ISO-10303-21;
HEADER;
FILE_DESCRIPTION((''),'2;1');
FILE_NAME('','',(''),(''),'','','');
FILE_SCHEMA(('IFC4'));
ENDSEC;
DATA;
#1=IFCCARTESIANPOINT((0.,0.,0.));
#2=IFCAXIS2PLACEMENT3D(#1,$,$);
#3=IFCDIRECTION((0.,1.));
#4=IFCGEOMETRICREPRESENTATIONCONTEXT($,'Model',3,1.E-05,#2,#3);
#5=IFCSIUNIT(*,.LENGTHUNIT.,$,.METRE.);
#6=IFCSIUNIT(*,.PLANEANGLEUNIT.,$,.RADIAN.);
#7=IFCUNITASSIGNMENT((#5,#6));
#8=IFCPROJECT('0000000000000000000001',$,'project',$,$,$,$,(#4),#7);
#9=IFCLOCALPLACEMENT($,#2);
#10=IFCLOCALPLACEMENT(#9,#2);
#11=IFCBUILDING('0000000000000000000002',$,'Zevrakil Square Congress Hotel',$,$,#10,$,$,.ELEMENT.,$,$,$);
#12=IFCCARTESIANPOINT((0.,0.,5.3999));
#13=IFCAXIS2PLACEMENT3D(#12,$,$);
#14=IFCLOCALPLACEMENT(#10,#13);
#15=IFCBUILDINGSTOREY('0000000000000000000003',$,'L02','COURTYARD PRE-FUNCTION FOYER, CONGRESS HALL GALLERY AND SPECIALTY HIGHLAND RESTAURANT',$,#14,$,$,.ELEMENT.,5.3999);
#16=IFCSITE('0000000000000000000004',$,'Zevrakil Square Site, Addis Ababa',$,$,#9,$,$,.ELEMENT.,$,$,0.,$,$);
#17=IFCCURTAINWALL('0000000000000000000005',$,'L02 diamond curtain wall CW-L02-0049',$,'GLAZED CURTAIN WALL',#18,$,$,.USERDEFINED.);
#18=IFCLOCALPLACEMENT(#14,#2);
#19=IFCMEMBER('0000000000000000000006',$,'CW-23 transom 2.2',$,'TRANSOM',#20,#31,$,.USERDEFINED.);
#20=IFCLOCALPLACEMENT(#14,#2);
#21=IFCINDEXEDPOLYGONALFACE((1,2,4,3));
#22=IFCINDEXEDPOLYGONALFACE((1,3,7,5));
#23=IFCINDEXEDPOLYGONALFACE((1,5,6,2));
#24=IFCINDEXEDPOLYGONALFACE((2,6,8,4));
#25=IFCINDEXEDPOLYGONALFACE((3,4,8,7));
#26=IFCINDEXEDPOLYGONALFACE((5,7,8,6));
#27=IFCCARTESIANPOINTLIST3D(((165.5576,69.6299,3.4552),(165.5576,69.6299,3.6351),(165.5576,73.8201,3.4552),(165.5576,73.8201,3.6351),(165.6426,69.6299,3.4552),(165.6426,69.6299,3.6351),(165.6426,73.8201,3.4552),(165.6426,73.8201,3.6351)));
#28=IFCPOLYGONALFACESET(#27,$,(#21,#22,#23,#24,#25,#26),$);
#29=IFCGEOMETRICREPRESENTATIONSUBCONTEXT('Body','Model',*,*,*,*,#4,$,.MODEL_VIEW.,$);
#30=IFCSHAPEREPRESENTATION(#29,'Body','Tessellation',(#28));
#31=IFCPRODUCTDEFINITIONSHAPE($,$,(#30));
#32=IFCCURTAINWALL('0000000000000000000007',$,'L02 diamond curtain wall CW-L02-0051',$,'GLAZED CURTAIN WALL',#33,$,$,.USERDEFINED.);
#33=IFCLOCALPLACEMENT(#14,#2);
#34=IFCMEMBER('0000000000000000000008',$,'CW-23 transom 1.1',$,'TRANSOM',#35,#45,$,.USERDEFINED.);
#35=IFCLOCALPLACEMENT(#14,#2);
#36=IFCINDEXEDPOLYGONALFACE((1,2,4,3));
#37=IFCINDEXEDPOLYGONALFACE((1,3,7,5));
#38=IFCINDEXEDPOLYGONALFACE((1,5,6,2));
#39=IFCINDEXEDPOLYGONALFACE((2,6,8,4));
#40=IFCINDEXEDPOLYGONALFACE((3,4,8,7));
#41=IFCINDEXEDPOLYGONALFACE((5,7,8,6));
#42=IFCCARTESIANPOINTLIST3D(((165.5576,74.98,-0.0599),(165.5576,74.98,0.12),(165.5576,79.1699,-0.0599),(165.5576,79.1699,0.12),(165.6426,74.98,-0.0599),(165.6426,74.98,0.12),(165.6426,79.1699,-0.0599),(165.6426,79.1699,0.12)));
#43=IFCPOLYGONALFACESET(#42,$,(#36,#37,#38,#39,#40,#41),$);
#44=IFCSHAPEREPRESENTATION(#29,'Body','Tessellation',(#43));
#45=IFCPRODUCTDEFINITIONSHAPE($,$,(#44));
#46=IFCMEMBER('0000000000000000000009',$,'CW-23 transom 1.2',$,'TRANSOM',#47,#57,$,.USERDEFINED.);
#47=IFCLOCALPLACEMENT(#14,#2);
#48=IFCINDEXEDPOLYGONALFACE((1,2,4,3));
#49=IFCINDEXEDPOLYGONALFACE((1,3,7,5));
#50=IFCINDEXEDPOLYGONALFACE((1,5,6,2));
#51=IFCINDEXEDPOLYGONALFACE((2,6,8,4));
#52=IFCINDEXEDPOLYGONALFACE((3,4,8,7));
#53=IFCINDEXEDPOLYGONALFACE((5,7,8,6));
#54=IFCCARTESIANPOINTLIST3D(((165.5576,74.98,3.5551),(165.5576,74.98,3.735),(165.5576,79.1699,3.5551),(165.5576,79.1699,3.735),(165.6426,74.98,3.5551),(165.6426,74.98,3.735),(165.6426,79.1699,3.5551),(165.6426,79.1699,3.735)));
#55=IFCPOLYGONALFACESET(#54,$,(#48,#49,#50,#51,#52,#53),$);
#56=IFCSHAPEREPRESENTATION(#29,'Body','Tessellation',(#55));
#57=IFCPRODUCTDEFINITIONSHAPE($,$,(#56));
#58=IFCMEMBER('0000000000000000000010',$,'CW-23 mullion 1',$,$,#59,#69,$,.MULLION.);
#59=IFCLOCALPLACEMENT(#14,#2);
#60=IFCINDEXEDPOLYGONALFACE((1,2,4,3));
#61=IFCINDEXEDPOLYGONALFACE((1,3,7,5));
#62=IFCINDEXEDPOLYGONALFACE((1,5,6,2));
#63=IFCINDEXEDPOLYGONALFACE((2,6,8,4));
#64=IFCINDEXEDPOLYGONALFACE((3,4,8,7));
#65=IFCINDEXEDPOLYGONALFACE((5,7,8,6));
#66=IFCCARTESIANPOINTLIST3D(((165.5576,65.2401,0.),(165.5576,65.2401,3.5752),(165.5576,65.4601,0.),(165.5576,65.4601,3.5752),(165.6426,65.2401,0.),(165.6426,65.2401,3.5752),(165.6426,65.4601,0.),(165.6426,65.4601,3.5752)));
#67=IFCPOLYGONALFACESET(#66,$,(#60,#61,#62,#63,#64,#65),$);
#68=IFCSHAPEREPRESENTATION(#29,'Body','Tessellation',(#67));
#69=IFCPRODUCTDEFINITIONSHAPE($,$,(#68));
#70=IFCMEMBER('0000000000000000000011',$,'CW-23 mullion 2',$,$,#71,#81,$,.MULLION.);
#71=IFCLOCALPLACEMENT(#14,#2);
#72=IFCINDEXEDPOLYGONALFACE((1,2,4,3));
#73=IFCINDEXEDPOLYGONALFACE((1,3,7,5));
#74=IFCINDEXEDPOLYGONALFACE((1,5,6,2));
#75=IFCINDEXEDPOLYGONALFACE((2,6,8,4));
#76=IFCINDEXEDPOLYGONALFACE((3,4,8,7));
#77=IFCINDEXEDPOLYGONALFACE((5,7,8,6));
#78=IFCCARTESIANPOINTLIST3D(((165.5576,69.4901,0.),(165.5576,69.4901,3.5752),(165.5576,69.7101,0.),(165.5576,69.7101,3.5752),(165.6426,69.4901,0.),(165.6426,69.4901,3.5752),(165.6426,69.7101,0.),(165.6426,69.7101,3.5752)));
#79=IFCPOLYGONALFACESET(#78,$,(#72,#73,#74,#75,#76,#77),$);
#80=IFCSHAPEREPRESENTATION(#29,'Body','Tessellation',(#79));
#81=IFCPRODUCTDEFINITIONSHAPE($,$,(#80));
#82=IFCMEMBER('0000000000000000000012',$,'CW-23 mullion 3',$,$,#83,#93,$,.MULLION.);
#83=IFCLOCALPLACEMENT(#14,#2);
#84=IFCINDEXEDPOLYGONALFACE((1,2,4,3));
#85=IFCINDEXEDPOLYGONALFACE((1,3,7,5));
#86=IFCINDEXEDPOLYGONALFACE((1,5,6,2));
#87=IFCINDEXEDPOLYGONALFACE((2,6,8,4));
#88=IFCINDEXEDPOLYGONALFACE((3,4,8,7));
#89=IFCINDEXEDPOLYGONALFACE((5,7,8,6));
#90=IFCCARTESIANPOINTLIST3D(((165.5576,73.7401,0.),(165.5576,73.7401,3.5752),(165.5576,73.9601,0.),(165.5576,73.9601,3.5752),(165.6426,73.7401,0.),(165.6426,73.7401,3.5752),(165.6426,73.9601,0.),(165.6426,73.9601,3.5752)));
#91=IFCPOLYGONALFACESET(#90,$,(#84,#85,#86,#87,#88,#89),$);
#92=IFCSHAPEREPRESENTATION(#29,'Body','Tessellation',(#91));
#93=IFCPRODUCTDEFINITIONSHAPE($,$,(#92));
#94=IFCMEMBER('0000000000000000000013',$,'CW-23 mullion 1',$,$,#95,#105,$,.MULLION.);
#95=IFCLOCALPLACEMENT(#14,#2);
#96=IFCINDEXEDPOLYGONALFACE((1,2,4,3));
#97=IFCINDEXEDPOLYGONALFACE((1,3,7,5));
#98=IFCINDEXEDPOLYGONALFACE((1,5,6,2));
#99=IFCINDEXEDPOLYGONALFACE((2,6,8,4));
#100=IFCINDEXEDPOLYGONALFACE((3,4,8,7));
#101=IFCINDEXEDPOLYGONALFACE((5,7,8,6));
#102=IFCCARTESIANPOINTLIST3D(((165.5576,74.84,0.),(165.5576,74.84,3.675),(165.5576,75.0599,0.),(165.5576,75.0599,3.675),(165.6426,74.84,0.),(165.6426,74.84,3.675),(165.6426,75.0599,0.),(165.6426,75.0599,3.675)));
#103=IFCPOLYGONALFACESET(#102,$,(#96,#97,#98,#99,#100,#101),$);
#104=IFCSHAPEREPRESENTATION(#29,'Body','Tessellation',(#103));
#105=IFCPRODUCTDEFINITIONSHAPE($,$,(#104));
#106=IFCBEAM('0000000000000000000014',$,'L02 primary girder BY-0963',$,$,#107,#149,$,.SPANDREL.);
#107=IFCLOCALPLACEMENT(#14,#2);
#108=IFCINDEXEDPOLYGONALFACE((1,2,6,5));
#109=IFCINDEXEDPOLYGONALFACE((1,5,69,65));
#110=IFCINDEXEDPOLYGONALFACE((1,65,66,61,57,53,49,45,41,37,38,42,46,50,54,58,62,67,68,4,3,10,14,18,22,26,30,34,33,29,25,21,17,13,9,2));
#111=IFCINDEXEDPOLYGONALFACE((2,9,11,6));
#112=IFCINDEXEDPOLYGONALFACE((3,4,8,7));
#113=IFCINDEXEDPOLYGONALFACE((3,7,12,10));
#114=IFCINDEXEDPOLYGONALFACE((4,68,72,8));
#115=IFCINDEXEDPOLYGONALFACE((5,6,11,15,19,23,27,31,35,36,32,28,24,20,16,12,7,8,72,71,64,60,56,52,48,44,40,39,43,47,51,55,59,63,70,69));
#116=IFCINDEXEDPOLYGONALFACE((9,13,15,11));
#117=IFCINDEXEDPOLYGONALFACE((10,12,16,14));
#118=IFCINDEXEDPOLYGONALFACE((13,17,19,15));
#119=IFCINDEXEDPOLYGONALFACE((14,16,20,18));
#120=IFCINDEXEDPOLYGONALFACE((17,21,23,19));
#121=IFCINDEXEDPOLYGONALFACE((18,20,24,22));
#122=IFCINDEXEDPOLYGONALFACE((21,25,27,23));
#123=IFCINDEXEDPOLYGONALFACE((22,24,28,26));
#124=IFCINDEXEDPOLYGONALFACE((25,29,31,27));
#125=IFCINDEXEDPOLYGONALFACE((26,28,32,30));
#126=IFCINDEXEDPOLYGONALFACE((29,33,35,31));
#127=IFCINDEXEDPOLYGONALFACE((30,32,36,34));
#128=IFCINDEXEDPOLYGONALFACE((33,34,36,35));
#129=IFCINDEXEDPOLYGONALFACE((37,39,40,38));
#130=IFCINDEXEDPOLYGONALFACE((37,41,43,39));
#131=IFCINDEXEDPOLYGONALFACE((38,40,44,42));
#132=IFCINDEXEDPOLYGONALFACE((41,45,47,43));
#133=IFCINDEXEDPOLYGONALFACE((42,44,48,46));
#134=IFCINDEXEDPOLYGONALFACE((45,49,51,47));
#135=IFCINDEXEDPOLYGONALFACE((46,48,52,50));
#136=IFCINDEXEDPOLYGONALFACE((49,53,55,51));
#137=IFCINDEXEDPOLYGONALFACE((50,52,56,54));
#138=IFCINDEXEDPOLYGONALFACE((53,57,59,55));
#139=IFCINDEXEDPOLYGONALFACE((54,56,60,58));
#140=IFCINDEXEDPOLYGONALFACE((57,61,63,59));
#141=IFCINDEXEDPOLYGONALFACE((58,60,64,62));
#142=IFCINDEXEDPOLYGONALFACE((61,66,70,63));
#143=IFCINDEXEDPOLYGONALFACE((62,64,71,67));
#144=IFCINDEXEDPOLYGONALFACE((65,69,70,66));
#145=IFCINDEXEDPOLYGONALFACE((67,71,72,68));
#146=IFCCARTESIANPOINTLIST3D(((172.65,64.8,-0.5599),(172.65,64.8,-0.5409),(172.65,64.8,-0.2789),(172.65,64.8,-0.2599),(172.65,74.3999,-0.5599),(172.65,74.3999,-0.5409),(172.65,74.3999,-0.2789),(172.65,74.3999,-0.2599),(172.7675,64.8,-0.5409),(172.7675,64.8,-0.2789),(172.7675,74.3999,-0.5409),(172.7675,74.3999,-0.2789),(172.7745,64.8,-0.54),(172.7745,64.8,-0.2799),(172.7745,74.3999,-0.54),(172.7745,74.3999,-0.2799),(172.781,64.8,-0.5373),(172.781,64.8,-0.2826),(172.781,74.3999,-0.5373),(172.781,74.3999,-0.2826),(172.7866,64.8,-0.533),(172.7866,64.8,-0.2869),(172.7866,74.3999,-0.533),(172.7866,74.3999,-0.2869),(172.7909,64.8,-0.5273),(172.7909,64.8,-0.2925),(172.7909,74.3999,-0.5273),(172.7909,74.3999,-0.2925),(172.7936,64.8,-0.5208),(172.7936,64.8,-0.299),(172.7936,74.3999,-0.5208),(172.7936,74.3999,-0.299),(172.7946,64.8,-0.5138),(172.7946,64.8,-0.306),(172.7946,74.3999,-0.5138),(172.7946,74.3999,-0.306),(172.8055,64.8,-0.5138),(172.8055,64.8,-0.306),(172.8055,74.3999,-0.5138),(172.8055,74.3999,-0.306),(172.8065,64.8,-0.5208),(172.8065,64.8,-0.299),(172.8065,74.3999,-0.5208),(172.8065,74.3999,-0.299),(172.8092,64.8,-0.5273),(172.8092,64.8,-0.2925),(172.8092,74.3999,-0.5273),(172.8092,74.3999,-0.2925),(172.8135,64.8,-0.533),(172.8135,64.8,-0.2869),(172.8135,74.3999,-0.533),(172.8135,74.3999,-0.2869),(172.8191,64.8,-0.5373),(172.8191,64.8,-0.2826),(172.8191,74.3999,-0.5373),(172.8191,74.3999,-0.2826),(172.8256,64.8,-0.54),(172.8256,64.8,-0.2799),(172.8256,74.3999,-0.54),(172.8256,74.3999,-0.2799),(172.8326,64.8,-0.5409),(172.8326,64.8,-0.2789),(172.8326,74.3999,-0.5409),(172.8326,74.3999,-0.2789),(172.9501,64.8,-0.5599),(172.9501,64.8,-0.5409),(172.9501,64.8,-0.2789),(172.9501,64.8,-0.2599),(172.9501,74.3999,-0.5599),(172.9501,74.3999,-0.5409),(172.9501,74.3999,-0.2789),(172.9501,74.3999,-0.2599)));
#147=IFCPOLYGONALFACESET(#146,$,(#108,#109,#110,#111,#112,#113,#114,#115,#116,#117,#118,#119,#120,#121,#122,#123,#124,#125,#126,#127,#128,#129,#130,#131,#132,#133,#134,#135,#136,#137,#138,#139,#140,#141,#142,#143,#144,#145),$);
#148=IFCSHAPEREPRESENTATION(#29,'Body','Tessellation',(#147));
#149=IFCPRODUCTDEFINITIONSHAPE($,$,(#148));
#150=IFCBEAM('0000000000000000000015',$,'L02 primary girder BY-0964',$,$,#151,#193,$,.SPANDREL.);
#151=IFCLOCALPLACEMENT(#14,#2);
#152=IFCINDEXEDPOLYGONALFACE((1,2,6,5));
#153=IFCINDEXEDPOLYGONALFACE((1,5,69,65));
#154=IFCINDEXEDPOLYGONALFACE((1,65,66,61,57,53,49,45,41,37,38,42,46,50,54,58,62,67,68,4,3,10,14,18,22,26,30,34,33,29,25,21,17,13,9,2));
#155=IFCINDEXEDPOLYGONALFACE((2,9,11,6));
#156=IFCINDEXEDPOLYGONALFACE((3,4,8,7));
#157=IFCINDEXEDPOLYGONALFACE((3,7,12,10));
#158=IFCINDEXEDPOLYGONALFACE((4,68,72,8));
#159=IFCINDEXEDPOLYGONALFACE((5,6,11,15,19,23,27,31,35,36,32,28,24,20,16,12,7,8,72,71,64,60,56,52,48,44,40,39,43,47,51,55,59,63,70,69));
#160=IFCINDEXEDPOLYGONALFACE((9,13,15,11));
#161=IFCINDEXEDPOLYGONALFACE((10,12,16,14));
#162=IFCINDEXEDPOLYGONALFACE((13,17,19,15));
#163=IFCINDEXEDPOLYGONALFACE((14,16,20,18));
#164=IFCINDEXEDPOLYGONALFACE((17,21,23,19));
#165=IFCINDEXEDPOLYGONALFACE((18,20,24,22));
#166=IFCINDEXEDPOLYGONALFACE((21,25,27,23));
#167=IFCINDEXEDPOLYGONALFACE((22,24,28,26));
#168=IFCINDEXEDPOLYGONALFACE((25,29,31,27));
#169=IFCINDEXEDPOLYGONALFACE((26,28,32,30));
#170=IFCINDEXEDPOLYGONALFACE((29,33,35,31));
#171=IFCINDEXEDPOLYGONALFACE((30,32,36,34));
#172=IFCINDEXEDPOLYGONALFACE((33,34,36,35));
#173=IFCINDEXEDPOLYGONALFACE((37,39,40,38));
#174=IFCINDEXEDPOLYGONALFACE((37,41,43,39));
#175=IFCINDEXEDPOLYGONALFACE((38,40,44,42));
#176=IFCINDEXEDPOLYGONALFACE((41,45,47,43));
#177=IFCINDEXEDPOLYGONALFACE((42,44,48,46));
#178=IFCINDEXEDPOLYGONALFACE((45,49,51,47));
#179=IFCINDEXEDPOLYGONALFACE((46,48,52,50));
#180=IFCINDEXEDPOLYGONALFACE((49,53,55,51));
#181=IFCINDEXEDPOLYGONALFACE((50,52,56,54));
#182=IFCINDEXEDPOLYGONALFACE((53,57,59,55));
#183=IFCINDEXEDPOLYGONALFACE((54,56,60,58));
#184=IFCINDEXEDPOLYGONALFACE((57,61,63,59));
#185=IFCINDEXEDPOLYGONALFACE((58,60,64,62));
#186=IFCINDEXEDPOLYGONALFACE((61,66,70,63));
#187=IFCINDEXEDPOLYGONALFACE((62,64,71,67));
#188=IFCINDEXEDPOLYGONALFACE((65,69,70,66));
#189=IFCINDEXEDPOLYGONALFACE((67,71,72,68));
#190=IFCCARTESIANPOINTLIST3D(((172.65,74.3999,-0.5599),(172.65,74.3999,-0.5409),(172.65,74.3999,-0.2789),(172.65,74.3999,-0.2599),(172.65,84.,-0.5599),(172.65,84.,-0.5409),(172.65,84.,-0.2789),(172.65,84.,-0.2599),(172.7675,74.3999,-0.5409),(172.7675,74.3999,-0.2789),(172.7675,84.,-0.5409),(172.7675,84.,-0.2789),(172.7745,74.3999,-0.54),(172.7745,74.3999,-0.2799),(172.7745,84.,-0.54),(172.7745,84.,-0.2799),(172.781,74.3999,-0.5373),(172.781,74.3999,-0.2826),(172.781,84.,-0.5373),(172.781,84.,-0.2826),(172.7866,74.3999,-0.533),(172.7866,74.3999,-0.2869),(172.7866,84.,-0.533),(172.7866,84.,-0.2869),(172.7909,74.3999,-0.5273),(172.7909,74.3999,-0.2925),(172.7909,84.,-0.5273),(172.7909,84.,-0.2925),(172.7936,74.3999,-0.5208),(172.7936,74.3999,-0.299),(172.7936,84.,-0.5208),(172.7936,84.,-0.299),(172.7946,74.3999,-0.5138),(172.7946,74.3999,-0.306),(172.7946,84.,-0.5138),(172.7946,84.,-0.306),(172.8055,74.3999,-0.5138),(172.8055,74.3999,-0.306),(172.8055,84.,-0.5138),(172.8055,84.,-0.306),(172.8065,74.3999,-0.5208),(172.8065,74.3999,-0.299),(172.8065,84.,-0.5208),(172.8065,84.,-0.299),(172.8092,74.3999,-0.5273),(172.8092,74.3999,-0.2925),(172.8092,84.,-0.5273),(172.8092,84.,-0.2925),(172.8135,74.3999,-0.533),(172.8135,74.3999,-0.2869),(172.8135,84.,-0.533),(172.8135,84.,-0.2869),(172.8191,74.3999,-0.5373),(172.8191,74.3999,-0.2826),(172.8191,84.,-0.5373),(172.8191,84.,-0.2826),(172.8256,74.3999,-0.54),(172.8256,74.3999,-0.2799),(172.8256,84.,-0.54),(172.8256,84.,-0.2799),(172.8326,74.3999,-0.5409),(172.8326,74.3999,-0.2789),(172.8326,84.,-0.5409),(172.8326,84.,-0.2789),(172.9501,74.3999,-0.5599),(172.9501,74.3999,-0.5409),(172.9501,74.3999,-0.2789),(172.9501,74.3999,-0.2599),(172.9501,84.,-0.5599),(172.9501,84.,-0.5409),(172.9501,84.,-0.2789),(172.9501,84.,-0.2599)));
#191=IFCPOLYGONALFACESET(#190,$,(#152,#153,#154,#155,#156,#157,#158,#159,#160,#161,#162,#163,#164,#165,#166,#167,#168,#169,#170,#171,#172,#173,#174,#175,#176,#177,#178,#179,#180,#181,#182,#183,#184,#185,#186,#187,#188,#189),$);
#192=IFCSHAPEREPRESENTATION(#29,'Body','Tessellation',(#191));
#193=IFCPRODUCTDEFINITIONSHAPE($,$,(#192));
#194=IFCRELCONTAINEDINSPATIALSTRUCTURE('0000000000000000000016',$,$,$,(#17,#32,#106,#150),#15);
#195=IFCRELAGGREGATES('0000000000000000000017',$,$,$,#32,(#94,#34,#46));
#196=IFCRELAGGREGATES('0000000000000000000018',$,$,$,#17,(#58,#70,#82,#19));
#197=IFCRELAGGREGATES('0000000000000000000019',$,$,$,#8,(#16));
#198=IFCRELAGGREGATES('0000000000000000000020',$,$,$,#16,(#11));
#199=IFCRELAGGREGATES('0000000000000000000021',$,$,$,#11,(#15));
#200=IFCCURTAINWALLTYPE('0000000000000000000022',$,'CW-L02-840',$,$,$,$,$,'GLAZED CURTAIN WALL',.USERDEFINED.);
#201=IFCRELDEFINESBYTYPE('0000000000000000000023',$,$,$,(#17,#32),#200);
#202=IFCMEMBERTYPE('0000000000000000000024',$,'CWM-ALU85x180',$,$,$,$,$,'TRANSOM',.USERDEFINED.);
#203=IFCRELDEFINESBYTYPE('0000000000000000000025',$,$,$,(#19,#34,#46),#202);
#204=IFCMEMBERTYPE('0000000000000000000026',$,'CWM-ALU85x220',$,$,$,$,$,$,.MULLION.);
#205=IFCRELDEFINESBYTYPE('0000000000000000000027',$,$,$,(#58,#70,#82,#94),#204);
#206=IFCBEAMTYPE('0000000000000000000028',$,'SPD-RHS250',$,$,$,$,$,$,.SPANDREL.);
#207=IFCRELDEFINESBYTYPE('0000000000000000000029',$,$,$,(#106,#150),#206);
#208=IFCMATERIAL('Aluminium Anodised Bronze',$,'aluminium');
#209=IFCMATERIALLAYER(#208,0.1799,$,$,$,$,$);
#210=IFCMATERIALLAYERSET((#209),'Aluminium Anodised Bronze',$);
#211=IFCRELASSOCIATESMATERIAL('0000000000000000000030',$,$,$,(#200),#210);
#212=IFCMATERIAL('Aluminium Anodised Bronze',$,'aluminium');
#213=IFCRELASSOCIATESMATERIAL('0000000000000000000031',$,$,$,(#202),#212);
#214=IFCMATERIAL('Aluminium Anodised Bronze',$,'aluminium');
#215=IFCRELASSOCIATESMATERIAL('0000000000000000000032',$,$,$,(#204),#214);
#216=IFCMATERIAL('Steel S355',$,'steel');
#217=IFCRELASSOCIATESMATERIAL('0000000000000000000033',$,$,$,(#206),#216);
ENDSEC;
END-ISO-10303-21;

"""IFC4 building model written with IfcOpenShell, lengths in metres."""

from ifc_helpers import new_model, si_unit, direction, frame, origin, origin_2d, place, context, subcontext, project, spatial, rectangle, i_section, extrude, material, layer, layer_set, material_profile, profile_set, type_object, element, aggregate, save


model = new_model("IFC4")

# Units and contexts
model_context = context("Model", 3, precision=1e-05, world=origin(), true_north=direction((0.0, 1.0)))
body_context = subcontext(model_context, "Body", "Model", "MODEL_VIEW")
ifc_project = project(units=[si_unit("LENGTHUNIT", "METRE"), si_unit("PLANEANGLEUNIT", "RADIAN")], contexts=[model_context])

# Site, building, storey
site_placement = place(None, origin())
site = spatial("IfcSite", under=ifc_project, at=site_placement, Name="Zevrakil Square Site, Addis Ababa", CompositionType="ELEMENT", RefElevation=0.0)
building_placement = place(site_placement, origin())
building = spatial("IfcBuilding", under=site, at=building_placement, Name="Zevrakil Square Congress Hotel", CompositionType="ELEMENT")
storey_placement = place(building_placement, frame((0.0, 0.0, 5.3999)))
storey = spatial("IfcBuildingStorey", under=building, at=storey_placement, Name="L02", Description="COURTYARD PRE-FUNCTION FOYER, CONGRESS HALL GALLERY AND SPECIALTY HIGHLAND RESTAURANT", CompositionType="ELEMENT", Elevation=5.3999)

# Curtain walls, members
ifc_material_1 = material(Name="Aluminium Anodised Bronze", Category="aluminium")
ifc_layer_1 = layer(ifc_material_1, 0.1799)
ifc_layer_set_1 = layer_set([ifc_layer_1], Name="Aluminium Anodised Bronze")
curtain_wall_type = type_object("IfcCurtainWallType", Name="CW-L02-840", ElementType="GLAZED CURTAIN WALL", PredefinedType="USERDEFINED", material=ifc_layer_set_1)
curtain_wall_1_placement = place(storey_placement, origin())
curtain_wall_1 = element("IfcCurtainWall", 1, at=curtain_wall_1_placement, inside=storey, type_object=curtain_wall_type, Name="L02 diamond curtain wall CW-L02-0049", ObjectType="GLAZED CURTAIN WALL", PredefinedType="USERDEFINED")
ifc_material_2 = material(Name="Aluminium Anodised Bronze", Category="aluminium")
ifc_material_profile_1 = material_profile(ifc_material_2, rectangle(XDim=0.085, YDim=0.1799, at=origin_2d()), Name="ALU 85x180")
ifc_profile_set_1 = profile_set([ifc_material_profile_1], Name="Aluminium Anodised Bronze")
member_type_1 = type_object("IfcMemberType", Name="CWM-ALU85x180", ElementType="TRANSOM", PredefinedType="USERDEFINED", material=ifc_profile_set_1)
member_1_placement = place(storey_placement, frame((165.6001, 69.6299, 3.5452), z_axis=(0.0, 1.0, 0.0), x_axis=(-1.0, 0.0, 0.0)))
member_1 = element("IfcMember", 2, at=member_1_placement, type_object=member_type_1, Name="CW-23 transom 2.2", ObjectType="TRANSOM", PredefinedType="USERDEFINED", context=body_context, shape_type="SweptSolid", body=[
    extrude(rectangle(XDim=0.085, YDim=0.1799, at=origin_2d()), origin(), (0.0, 0.0, 1.0), 4.1902),
])
curtain_wall_2_placement = place(storey_placement, origin())
curtain_wall_2 = element("IfcCurtainWall", 3, at=curtain_wall_2_placement, inside=storey, type_object=curtain_wall_type, Name="L02 diamond curtain wall CW-L02-0051", ObjectType="GLAZED CURTAIN WALL", PredefinedType="USERDEFINED")
member_2_placement = place(storey_placement, frame((165.6001, 74.98, 0.03), z_axis=(0.0, 1.0, 0.0), x_axis=(-1.0, 0.0, 0.0)))
member_2 = element("IfcMember", 4, at=member_2_placement, type_object=member_type_1, Name="CW-23 transom 1.1", ObjectType="TRANSOM", PredefinedType="USERDEFINED", context=body_context, shape_type="SweptSolid", body=[
    extrude(rectangle(XDim=0.085, YDim=0.1799, at=origin_2d()), origin(), (0.0, 0.0, 1.0), 4.1899),
])
member_3_placement = place(storey_placement, frame((165.6001, 74.98, 3.645), z_axis=(0.0, 1.0, 0.0), x_axis=(-1.0, 0.0, 0.0)))
member_3 = element("IfcMember", 5, at=member_3_placement, type_object=member_type_1, Name="CW-23 transom 1.2", ObjectType="TRANSOM", PredefinedType="USERDEFINED", context=body_context, shape_type="SweptSolid", body=[
    extrude(rectangle(XDim=0.085, YDim=0.1799, at=origin_2d()), origin(), (0.0, 0.0, 1.0), 4.1899),
])

# Members
ifc_material_3 = material(Name="Aluminium Anodised Bronze", Category="aluminium")
ifc_material_profile_2 = material_profile(ifc_material_3, rectangle(XDim=0.085, YDim=0.22, at=origin_2d()), Name="ALU 85x220")
ifc_profile_set_2 = profile_set([ifc_material_profile_2], Name="Aluminium Anodised Bronze")
member_type_2 = type_object("IfcMemberType", Name="CWM-ALU85x220", PredefinedType="MULLION", material=ifc_profile_set_2)
member_4_placement = place(storey_placement, frame((165.6001, 65.3501, 0.0), z_axis=(0.0, 0.0, 1.0), x_axis=(-1.0, 0.0, 0.0)))
member_4 = element("IfcMember", 6, at=member_4_placement, type_object=member_type_2, Name="CW-23 mullion 1", PredefinedType="MULLION", context=body_context, shape_type="SweptSolid", body=[
    extrude(rectangle(XDim=0.085, YDim=0.22, at=origin_2d()), origin(), (0.0, 0.0, 1.0), 3.5752),
])
member_5_placement = place(storey_placement, frame((165.6001, 69.6001, 0.0), z_axis=(0.0, 0.0, 1.0), x_axis=(-1.0, 0.0, 0.0)))
member_5 = element("IfcMember", 7, at=member_5_placement, type_object=member_type_2, Name="CW-23 mullion 2", PredefinedType="MULLION", context=body_context, shape_type="SweptSolid", body=[
    extrude(rectangle(XDim=0.085, YDim=0.22, at=origin_2d()), origin(), (0.0, 0.0, 1.0), 3.5752),
])
member_6_placement = place(storey_placement, frame((165.6001, 73.8501, 0.0), z_axis=(0.0, 0.0, 1.0), x_axis=(-1.0, 0.0, 0.0)))
member_6 = element("IfcMember", 8, at=member_6_placement, type_object=member_type_2, Name="CW-23 mullion 3", PredefinedType="MULLION", context=body_context, shape_type="SweptSolid", body=[
    extrude(rectangle(XDim=0.085, YDim=0.22, at=origin_2d()), origin(), (0.0, 0.0, 1.0), 3.5752),
])
member_7_placement = place(storey_placement, frame((165.6001, 74.95, 0.0), z_axis=(0.0, 0.0, 1.0), x_axis=(-1.0, 0.0, 0.0)))
member_7 = element("IfcMember", 9, at=member_7_placement, type_object=member_type_2, Name="CW-23 mullion 1", PredefinedType="MULLION", context=body_context, shape_type="SweptSolid", body=[
    extrude(rectangle(XDim=0.085, YDim=0.22, at=origin_2d()), origin(), (0.0, 0.0, 1.0), 3.675),
])
aggregate(curtain_wall_2, [member_7, member_2, member_3])

# Beams
ifc_material_4 = material(Name="Steel S355", Category="steel")
ifc_material_profile_3 = material_profile(ifc_material_4, i_section(OverallWidth=0.3, OverallDepth=0.3, WebThickness=0.011, FlangeThickness=0.019, FilletRadius=0.0271, at=origin_2d()), Name="HEB 300")
ifc_profile_set_3 = profile_set([ifc_material_profile_3], Name="Steel S355")
beam_type_1 = type_object("IfcBeamType", Name="SPD-RHS250", PredefinedType="SPANDREL", material=ifc_profile_set_3)
beam_1_placement = place(storey_placement, frame((172.8, 64.8, -0.4099), z_axis=(0.0, 1.0, 0.0), x_axis=(-1.0, 0.0, 0.0)))
element("IfcBeam", 10, at=beam_1_placement, inside=storey, type_object=beam_type_1, Name="L02 primary girder BY-0963", PredefinedType="SPANDREL", context=body_context, shape_type="SweptSolid", body=[
    extrude(i_section(OverallWidth=0.3, OverallDepth=0.3, WebThickness=0.011, FlangeThickness=0.019, FilletRadius=0.0271, at=origin_2d()), origin(), (0.0, 0.0, 1.0), 9.5999),
])
beam_2_placement = place(storey_placement, frame((172.8, 74.3999, -0.4099), z_axis=(0.0, 1.0, 0.0), x_axis=(-1.0, 0.0, 0.0)))
element("IfcBeam", 11, at=beam_2_placement, inside=storey, type_object=beam_type_1, Name="L02 primary girder BY-0964", PredefinedType="SPANDREL", context=body_context, shape_type="SweptSolid", body=[
    extrude(i_section(OverallWidth=0.3, OverallDepth=0.3, WebThickness=0.011, FlangeThickness=0.019, FilletRadius=0.0271, at=origin_2d()), origin(), (0.0, 0.0, 1.0), 9.6001),
])

aggregate(curtain_wall_1, [member_4, member_5, member_6, member_1])

save(model, "model.ifc")
